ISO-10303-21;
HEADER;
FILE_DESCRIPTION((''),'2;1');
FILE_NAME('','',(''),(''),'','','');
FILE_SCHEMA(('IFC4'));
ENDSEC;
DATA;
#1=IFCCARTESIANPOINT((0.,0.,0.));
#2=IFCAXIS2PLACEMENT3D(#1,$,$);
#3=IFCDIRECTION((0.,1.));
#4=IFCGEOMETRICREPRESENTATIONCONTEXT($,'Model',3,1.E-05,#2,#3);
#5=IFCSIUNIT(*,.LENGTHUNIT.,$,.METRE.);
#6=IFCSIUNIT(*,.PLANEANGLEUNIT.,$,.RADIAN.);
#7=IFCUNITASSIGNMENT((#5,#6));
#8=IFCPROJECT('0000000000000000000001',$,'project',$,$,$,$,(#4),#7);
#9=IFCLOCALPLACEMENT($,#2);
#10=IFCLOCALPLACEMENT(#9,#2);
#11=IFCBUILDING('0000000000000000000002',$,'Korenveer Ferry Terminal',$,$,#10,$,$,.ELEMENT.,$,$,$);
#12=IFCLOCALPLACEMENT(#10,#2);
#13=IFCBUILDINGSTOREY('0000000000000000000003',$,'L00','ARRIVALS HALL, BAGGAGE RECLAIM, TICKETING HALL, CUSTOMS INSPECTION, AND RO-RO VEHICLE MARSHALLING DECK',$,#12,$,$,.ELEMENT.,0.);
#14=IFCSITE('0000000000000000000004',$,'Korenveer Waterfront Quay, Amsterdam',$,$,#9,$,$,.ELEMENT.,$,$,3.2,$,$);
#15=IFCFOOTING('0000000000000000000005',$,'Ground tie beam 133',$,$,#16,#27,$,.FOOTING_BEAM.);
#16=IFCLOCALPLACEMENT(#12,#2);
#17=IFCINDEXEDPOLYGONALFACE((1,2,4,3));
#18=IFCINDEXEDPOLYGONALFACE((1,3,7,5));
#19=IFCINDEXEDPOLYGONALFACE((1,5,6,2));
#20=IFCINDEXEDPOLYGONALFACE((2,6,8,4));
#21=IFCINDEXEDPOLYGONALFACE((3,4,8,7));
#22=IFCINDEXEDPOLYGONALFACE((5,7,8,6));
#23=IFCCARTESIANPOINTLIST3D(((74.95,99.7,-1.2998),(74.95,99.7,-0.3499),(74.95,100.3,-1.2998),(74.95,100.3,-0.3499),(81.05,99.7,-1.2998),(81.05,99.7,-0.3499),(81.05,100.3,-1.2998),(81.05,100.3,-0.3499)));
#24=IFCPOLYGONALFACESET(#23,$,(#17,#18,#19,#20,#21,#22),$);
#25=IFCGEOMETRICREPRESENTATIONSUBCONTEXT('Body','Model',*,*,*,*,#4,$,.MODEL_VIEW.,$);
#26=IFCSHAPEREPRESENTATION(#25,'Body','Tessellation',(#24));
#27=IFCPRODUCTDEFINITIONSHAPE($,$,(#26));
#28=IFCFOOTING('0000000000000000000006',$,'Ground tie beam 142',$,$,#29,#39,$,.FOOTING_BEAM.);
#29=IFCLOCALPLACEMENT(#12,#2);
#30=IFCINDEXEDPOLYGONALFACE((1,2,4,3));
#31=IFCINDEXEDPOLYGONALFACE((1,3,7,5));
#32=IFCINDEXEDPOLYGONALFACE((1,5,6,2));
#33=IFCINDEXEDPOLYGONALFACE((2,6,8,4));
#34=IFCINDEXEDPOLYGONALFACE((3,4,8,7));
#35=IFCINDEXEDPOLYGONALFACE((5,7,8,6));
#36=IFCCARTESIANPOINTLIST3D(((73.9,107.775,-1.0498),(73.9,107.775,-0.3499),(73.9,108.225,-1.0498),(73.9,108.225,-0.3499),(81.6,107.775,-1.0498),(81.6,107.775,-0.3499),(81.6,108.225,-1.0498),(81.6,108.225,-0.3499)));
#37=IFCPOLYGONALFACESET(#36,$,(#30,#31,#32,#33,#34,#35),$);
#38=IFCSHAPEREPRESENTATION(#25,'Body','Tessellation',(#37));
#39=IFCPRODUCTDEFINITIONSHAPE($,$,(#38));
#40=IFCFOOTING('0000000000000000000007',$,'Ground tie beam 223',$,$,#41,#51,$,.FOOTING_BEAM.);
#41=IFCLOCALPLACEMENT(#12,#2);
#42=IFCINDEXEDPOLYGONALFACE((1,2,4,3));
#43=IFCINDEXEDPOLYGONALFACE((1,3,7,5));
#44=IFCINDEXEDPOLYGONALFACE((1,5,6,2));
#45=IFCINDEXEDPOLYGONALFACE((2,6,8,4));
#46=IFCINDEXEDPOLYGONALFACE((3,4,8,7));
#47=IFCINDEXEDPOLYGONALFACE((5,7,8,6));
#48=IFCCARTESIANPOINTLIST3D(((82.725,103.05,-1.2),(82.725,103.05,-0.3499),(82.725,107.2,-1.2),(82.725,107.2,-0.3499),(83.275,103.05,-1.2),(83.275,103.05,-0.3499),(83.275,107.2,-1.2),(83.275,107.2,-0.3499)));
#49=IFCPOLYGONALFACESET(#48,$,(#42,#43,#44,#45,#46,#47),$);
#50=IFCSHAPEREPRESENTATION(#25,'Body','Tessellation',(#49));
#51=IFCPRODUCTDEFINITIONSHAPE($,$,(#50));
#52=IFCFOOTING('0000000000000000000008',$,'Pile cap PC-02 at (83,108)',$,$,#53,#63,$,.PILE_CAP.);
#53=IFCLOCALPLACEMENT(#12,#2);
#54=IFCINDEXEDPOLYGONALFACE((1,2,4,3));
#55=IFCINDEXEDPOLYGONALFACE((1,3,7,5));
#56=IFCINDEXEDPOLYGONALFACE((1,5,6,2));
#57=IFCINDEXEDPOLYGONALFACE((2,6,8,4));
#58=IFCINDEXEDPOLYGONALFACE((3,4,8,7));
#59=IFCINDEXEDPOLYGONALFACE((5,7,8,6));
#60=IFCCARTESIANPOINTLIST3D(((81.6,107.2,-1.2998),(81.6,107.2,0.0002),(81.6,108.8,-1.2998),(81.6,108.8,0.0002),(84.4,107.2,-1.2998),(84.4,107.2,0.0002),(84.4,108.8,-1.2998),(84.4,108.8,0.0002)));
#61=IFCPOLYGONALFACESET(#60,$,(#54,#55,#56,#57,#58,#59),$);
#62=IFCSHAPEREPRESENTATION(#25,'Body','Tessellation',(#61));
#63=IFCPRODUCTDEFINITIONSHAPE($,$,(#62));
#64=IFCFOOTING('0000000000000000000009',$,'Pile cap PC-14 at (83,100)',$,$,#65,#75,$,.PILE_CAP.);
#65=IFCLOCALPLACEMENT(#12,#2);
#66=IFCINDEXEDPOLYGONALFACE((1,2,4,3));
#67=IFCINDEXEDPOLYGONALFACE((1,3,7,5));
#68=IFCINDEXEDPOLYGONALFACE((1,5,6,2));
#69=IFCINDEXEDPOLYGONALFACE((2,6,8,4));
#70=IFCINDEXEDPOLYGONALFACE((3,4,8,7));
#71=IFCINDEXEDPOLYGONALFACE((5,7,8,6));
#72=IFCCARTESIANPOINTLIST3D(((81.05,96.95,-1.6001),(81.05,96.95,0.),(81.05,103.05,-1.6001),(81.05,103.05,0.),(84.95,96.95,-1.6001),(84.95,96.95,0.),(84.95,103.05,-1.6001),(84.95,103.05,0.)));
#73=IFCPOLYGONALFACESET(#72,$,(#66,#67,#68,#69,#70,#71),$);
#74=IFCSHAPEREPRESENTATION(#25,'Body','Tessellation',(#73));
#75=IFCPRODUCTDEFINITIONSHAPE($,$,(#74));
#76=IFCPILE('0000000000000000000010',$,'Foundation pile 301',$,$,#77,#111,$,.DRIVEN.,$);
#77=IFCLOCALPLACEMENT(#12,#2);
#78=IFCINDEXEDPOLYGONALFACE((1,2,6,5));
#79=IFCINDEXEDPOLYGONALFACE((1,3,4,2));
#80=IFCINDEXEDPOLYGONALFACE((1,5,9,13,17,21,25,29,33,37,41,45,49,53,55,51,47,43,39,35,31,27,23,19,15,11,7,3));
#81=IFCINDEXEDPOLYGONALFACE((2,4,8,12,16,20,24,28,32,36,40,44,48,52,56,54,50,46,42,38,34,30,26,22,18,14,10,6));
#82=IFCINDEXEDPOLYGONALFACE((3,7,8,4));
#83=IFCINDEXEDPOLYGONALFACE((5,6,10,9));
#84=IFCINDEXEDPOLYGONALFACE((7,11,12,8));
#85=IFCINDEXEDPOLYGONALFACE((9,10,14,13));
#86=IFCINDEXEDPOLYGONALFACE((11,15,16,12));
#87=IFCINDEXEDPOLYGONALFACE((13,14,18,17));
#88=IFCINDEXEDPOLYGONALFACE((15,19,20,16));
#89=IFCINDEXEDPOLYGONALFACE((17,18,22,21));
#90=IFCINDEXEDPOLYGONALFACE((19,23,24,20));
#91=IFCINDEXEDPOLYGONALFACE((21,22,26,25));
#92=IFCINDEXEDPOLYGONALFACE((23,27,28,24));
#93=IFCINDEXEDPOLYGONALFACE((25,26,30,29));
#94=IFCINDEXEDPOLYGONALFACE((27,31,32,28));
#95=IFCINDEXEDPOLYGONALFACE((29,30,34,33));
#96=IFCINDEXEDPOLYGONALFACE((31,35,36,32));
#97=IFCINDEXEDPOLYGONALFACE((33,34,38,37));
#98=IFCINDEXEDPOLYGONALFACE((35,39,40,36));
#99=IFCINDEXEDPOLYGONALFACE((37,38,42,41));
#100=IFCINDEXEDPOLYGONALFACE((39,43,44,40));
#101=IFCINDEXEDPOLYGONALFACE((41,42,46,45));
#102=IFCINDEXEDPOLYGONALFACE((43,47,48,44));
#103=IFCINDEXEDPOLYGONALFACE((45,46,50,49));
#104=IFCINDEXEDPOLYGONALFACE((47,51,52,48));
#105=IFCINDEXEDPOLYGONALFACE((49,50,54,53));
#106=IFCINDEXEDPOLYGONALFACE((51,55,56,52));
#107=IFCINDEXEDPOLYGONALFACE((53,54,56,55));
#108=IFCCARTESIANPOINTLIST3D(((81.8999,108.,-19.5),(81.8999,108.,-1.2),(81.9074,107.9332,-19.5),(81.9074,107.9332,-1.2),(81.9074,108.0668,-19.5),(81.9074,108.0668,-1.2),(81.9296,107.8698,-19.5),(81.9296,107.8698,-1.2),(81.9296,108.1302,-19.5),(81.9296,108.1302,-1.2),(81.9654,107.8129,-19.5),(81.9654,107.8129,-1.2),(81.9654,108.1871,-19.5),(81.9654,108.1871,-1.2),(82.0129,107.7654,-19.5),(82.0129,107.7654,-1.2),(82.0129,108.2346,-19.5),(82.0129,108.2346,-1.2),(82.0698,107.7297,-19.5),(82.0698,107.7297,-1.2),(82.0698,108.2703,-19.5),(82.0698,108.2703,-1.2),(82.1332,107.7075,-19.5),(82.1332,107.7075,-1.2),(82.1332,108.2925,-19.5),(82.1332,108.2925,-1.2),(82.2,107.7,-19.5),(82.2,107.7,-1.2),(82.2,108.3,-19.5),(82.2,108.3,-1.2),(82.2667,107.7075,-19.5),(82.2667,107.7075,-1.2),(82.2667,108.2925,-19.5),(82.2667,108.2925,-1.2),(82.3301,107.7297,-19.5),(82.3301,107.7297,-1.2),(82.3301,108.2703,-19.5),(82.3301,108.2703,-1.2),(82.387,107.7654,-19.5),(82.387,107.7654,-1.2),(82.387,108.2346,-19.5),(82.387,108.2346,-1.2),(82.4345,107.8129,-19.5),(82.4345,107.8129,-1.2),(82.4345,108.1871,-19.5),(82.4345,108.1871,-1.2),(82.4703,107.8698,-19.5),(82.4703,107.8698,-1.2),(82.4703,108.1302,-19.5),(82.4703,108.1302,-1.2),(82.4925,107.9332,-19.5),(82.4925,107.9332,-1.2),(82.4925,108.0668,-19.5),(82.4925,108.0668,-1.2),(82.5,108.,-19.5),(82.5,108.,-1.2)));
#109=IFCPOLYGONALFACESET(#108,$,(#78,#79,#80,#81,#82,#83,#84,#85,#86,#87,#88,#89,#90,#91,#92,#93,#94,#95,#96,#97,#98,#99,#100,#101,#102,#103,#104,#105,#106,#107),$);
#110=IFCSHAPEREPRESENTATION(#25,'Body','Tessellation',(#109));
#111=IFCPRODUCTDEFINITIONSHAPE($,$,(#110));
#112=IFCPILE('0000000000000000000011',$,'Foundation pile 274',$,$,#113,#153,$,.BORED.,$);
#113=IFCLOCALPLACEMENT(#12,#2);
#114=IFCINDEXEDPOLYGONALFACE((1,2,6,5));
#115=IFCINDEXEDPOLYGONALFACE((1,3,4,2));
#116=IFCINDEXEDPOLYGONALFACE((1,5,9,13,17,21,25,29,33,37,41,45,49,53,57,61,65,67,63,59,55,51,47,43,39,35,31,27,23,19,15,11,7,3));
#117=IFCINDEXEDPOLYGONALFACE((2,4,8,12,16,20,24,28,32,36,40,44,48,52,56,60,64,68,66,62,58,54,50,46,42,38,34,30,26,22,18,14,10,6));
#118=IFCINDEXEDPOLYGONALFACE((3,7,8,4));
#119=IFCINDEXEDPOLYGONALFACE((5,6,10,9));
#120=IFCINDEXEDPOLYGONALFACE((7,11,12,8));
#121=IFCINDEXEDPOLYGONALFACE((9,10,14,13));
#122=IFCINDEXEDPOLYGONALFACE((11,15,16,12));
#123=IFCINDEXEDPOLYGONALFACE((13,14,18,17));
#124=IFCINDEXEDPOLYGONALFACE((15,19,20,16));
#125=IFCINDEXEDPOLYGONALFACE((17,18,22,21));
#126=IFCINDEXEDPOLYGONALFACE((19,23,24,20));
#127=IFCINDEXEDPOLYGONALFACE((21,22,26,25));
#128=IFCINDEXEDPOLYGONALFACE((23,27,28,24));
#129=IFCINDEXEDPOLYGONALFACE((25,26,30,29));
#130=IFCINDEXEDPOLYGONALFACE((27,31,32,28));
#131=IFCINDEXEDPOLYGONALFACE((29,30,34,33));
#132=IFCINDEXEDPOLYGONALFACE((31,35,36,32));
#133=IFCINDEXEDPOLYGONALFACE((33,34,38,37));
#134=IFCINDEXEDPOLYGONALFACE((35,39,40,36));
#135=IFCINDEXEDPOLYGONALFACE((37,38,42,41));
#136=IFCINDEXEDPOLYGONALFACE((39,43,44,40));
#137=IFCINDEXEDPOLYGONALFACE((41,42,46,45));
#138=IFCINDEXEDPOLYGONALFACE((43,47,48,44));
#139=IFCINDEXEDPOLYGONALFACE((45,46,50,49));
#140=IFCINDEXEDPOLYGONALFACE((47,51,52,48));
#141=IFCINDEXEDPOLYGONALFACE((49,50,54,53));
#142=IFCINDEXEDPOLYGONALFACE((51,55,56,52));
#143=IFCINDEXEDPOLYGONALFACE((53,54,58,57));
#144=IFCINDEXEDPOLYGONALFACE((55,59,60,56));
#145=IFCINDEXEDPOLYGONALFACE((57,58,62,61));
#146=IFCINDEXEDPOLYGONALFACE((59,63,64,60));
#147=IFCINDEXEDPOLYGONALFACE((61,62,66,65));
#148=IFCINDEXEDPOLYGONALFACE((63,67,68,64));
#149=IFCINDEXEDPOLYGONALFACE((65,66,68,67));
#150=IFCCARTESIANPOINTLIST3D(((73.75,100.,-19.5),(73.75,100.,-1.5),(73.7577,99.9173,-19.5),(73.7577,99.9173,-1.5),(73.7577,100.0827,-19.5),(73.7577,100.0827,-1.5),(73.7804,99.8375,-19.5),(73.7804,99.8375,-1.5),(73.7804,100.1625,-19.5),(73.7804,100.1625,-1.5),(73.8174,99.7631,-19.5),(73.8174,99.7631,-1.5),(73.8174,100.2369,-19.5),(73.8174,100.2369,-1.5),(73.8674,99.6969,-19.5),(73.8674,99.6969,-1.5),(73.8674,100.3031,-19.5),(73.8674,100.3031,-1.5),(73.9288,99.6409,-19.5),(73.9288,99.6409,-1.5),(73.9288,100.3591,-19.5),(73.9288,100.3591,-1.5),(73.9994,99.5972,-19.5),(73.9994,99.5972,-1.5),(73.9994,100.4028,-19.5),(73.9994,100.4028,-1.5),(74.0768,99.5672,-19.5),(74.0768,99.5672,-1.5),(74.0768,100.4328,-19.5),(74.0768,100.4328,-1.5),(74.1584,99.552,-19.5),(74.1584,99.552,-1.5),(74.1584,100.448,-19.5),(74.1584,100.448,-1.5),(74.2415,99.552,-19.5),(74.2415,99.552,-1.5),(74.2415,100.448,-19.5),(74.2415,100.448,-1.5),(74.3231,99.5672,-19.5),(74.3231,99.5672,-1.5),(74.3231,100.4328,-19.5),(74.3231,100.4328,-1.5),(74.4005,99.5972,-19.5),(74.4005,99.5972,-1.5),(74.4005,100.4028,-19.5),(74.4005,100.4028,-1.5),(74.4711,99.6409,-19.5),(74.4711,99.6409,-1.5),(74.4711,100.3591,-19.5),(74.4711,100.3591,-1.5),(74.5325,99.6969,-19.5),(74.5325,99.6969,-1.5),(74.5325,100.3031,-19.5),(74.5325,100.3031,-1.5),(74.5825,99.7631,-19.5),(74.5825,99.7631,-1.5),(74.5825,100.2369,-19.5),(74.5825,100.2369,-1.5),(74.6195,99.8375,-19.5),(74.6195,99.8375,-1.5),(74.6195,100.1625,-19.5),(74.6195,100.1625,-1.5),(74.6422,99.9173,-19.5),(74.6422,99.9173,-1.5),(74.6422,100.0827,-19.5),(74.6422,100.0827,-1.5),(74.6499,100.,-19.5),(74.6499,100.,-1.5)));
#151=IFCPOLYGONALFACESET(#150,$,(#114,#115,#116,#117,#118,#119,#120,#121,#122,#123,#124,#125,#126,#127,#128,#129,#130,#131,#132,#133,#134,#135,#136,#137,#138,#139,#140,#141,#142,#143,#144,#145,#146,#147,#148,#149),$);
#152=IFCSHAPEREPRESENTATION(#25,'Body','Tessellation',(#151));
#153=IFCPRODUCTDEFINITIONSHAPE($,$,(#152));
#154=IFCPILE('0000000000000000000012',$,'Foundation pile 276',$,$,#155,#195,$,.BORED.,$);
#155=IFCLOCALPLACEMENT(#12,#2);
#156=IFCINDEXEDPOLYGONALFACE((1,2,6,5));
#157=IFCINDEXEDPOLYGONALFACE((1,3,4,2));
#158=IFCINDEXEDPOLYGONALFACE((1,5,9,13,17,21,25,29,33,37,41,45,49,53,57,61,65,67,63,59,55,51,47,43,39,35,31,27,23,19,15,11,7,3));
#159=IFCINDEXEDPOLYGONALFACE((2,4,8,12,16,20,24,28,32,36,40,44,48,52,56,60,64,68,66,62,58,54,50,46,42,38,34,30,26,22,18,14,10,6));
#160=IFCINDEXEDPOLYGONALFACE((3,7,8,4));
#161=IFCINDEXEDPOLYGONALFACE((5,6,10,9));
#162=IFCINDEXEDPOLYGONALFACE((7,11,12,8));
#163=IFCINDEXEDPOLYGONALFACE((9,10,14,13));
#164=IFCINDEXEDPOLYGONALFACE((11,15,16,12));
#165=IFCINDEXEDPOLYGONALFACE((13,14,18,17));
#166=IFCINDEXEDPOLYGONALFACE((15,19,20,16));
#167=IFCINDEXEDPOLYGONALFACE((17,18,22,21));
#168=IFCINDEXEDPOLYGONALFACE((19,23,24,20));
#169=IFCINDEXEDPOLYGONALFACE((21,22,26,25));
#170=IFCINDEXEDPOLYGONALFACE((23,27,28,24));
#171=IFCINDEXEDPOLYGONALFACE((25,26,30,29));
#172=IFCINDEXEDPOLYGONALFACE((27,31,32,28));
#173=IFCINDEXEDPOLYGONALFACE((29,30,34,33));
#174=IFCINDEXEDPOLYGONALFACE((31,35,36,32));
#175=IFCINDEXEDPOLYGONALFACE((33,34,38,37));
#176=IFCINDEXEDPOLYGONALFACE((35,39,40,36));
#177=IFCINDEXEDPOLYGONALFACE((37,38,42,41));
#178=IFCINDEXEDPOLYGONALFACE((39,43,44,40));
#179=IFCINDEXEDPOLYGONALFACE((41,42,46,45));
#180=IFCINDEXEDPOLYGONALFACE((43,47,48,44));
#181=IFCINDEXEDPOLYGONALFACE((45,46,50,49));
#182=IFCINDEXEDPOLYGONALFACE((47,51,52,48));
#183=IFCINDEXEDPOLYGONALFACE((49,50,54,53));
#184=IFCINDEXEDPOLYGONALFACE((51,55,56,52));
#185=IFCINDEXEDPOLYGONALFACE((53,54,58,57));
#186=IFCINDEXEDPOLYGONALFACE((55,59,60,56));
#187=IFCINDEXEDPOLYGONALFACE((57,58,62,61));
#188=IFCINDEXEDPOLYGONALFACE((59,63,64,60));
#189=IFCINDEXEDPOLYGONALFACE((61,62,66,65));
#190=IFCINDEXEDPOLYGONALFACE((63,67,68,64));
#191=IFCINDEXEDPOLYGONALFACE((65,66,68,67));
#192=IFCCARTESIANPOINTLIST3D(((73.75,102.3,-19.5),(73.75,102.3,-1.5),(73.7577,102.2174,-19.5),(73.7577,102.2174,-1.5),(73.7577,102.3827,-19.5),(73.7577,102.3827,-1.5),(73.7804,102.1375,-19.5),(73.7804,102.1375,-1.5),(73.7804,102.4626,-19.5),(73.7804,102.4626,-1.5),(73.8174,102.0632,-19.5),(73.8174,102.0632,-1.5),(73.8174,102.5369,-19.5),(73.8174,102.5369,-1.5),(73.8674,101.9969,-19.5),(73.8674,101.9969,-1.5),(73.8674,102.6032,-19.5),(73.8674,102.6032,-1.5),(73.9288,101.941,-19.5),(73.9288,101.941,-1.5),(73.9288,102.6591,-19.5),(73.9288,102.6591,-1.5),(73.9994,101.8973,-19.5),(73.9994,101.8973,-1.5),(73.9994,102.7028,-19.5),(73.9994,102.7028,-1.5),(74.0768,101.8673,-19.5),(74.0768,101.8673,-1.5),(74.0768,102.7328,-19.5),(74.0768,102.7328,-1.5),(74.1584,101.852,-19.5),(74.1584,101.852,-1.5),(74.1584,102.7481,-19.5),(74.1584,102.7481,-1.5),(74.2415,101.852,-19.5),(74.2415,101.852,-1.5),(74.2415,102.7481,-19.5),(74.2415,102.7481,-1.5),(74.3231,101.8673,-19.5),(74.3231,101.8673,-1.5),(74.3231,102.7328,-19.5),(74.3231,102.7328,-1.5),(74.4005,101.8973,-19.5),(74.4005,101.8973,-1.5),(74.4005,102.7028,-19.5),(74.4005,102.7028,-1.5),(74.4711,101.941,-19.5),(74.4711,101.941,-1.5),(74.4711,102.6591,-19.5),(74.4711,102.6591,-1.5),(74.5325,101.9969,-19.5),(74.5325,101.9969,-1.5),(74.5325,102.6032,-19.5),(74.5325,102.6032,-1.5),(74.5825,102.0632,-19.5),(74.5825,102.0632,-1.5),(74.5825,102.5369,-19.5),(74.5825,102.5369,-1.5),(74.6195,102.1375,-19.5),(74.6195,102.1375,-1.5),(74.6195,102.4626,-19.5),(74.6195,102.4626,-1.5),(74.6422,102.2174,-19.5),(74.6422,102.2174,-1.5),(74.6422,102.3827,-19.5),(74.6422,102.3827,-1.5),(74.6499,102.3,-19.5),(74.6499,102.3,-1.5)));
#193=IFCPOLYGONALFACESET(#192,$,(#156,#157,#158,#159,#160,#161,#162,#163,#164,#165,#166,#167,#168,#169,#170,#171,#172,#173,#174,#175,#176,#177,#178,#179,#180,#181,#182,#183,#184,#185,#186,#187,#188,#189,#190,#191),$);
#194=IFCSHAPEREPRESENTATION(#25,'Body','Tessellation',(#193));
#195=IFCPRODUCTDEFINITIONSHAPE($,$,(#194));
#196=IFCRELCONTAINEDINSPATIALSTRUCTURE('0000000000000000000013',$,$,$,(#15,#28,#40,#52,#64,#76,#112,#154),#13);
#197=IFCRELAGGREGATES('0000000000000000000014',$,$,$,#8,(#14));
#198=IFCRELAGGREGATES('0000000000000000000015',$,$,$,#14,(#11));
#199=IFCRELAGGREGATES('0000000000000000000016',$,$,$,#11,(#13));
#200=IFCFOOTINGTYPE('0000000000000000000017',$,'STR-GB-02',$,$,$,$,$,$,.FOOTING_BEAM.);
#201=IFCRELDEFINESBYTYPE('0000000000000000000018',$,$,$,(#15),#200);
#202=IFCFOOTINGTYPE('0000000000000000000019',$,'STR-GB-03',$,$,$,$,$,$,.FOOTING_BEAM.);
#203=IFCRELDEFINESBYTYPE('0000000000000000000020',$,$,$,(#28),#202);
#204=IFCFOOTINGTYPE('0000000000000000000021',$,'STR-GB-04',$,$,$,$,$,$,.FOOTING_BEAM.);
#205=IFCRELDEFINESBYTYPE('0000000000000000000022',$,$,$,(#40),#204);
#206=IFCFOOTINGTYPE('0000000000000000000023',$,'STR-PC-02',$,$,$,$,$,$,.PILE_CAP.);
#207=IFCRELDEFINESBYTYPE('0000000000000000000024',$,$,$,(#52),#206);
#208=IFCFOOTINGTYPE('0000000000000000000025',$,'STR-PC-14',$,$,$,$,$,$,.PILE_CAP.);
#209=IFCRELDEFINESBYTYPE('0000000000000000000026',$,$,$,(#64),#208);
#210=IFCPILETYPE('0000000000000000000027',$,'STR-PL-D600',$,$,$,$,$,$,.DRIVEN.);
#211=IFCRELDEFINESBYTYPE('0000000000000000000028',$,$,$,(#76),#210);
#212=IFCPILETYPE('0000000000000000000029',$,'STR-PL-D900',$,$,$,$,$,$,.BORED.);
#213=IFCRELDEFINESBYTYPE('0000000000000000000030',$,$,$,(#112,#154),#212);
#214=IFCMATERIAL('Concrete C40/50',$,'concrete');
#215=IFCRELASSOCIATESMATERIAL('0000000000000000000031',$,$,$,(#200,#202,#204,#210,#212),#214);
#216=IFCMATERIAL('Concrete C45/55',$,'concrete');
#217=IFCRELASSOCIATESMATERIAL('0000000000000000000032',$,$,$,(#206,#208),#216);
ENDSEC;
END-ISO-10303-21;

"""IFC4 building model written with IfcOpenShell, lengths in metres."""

from ifc_helpers import new_model, si_unit, direction, frame, origin, origin_2d, place, context, subcontext, project, spatial, rectangle, circle, extrude, material, material_profile, profile_set, type_object, element, save


model = new_model("IFC4")

# Units and contexts
model_context = context("Model", 3, precision=1e-05, world=origin(), true_north=direction((0.0, 1.0)))
body_context = subcontext(model_context, "Body", "Model", "MODEL_VIEW")
ifc_project = project(units=[si_unit("LENGTHUNIT", "METRE"), si_unit("PLANEANGLEUNIT", "RADIAN")], contexts=[model_context])

# Site, building, storey
site_placement = place(None, origin())
site = spatial("IfcSite", under=ifc_project, at=site_placement, Name="Korenveer Waterfront Quay, Amsterdam", CompositionType="ELEMENT", RefElevation=3.2)
building_placement = place(site_placement, origin())
building = spatial("IfcBuilding", under=site, at=building_placement, Name="Korenveer Ferry Terminal", CompositionType="ELEMENT")
storey_placement = place(building_placement, origin())
storey = spatial("IfcBuildingStorey", under=building, at=storey_placement, Name="L00", Description="ARRIVALS HALL, BAGGAGE RECLAIM, TICKETING HALL, CUSTOMS INSPECTION, AND RO-RO VEHICLE MARSHALLING DECK", CompositionType="ELEMENT", Elevation=0.0)

# Footings
ifc_material_1 = material(Name="Concrete C40/50", Category="concrete")
footing_type_1 = type_object("IfcFootingType", Name="STR-GB-02", PredefinedType="FOOTING_BEAM", material=ifc_material_1)
footing_1_placement = place(storey_placement, frame((78.0, 100.0, -1.2998), z_axis=(0.0, 0.0, 1.0), x_axis=(1.0, 0.0, 0.0)))
element("IfcFooting", 1, at=footing_1_placement, inside=storey, type_object=footing_type_1, Name="Ground tie beam 133", PredefinedType="FOOTING_BEAM", context=body_context, shape_type="SweptSolid", body=[
    extrude(rectangle(XDim=6.1001, YDim=0.6001, at=origin_2d()), origin(), (0.0, 0.0, 1.0), 0.95),
])
footing_type_2 = type_object("IfcFootingType", Name="STR-GB-03", PredefinedType="FOOTING_BEAM", material=ifc_material_1)
footing_2_placement = place(storey_placement, frame((77.75, 108.0, -1.0498), z_axis=(0.0, 0.0, 1.0), x_axis=(1.0, 0.0, 0.0)))
element("IfcFooting", 2, at=footing_2_placement, inside=storey, type_object=footing_type_2, Name="Ground tie beam 142", PredefinedType="FOOTING_BEAM", context=body_context, shape_type="SweptSolid", body=[
    extrude(rectangle(XDim=7.7, YDim=0.45, at=origin_2d()), origin(), (0.0, 0.0, 1.0), 0.7),
])
footing_type_3 = type_object("IfcFootingType", Name="STR-GB-04", PredefinedType="FOOTING_BEAM", material=ifc_material_1)
footing_3_placement = place(storey_placement, frame((83.0, 105.125, -1.2), z_axis=(0.0, 0.0, 1.0), x_axis=(1.0, 0.0, 0.0)))
element("IfcFooting", 3, at=footing_3_placement, inside=storey, type_object=footing_type_3, Name="Ground tie beam 223", PredefinedType="FOOTING_BEAM", context=body_context, shape_type="SweptSolid", body=[
    extrude(rectangle(XDim=0.55, YDim=4.1499, at=origin_2d()), origin(), (0.0, 0.0, 1.0), 0.8501),
])
ifc_material_2 = material(Name="Concrete C45/55", Category="concrete")
footing_type_4 = type_object("IfcFootingType", Name="STR-PC-02", PredefinedType="PILE_CAP", material=ifc_material_2)
footing_4_placement = place(storey_placement, frame((83.0, 108.0, -1.2998), z_axis=(0.0, 0.0, 1.0), x_axis=(1.0, 0.0, 0.0)))
element("IfcFooting", 4, at=footing_4_placement, inside=storey, type_object=footing_type_4, Name="Pile cap PC-02 at (83,108)", PredefinedType="PILE_CAP", context=body_context, shape_type="SweptSolid", body=[
    extrude(rectangle(XDim=2.8, YDim=1.6001, at=origin_2d()), origin(), (0.0, 0.0, 1.0), 1.3),
])
footing_type_5 = type_object("IfcFootingType", Name="STR-PC-14", PredefinedType="PILE_CAP", material=ifc_material_2)
footing_5_placement = place(storey_placement, frame((83.0, 100.0, -1.6001), z_axis=(0.0, 0.0, 1.0), x_axis=(1.0, 0.0, 0.0)))
element("IfcFooting", 5, at=footing_5_placement, inside=storey, type_object=footing_type_5, Name="Pile cap PC-14 at (83,100)", PredefinedType="PILE_CAP", context=body_context, shape_type="SweptSolid", body=[
    extrude(rectangle(XDim=3.8999, YDim=6.1001, at=origin_2d()), origin(), (0.0, 0.0, 1.0), 1.6001),
])

# Piles
ifc_material_profile_1 = material_profile(ifc_material_1, circle(Radius=0.3, at=origin_2d()), Name="PILE D600")
ifc_profile_set_1 = profile_set([ifc_material_profile_1], Name="Concrete C40/50")
pile_type_1 = type_object("IfcPileType", Name="STR-PL-D600", PredefinedType="DRIVEN", material=ifc_profile_set_1)
pile_placement = place(storey_placement, frame((82.2, 108.0, -1.2), z_axis=(0.0, 0.0, -1.0), x_axis=(1.0, 0.0, 0.0)))
element("IfcPile", 6, at=pile_placement, inside=storey, type_object=pile_type_1, Name="Foundation pile 301", PredefinedType="DRIVEN", context=body_context, shape_type="SweptSolid", body=[
    extrude(circle(Radius=0.3, at=origin_2d()), origin(), (0.0, 0.0, 1.0), 18.3),
])
ifc_material_profile_2 = material_profile(ifc_material_1, circle(Radius=0.45, at=origin_2d()), Name="PILE D900")
ifc_profile_set_2 = profile_set([ifc_material_profile_2], Name="Concrete C40/50")
pile_type_2 = type_object("IfcPileType", Name="STR-PL-D900", PredefinedType="BORED", material=ifc_profile_set_2)
for number, where, z_axis, x_axis, name in (
    (7, (74.2, 100.0, -1.5), (0.0, 0.0, -1.0), (1.0, 0.0, 0.0), "Foundation pile 274"),
    (8, (74.2, 102.3, -1.5), (0.0, 0.0, -1.0), (1.0, 0.0, 0.0), "Foundation pile 276"),
):
    element("IfcPile", number, at=place(storey_placement, frame(where, z_axis=z_axis, x_axis=x_axis)), inside=storey, type_object=pile_type_2, Name=name, PredefinedType="BORED", context=body_context, shape_type="SweptSolid", body=[
        extrude(circle(Radius=0.45, at=origin_2d()), origin(), (0.0, 0.0, 1.0), 18.0),
    ])

save(model, "model.ifc")
